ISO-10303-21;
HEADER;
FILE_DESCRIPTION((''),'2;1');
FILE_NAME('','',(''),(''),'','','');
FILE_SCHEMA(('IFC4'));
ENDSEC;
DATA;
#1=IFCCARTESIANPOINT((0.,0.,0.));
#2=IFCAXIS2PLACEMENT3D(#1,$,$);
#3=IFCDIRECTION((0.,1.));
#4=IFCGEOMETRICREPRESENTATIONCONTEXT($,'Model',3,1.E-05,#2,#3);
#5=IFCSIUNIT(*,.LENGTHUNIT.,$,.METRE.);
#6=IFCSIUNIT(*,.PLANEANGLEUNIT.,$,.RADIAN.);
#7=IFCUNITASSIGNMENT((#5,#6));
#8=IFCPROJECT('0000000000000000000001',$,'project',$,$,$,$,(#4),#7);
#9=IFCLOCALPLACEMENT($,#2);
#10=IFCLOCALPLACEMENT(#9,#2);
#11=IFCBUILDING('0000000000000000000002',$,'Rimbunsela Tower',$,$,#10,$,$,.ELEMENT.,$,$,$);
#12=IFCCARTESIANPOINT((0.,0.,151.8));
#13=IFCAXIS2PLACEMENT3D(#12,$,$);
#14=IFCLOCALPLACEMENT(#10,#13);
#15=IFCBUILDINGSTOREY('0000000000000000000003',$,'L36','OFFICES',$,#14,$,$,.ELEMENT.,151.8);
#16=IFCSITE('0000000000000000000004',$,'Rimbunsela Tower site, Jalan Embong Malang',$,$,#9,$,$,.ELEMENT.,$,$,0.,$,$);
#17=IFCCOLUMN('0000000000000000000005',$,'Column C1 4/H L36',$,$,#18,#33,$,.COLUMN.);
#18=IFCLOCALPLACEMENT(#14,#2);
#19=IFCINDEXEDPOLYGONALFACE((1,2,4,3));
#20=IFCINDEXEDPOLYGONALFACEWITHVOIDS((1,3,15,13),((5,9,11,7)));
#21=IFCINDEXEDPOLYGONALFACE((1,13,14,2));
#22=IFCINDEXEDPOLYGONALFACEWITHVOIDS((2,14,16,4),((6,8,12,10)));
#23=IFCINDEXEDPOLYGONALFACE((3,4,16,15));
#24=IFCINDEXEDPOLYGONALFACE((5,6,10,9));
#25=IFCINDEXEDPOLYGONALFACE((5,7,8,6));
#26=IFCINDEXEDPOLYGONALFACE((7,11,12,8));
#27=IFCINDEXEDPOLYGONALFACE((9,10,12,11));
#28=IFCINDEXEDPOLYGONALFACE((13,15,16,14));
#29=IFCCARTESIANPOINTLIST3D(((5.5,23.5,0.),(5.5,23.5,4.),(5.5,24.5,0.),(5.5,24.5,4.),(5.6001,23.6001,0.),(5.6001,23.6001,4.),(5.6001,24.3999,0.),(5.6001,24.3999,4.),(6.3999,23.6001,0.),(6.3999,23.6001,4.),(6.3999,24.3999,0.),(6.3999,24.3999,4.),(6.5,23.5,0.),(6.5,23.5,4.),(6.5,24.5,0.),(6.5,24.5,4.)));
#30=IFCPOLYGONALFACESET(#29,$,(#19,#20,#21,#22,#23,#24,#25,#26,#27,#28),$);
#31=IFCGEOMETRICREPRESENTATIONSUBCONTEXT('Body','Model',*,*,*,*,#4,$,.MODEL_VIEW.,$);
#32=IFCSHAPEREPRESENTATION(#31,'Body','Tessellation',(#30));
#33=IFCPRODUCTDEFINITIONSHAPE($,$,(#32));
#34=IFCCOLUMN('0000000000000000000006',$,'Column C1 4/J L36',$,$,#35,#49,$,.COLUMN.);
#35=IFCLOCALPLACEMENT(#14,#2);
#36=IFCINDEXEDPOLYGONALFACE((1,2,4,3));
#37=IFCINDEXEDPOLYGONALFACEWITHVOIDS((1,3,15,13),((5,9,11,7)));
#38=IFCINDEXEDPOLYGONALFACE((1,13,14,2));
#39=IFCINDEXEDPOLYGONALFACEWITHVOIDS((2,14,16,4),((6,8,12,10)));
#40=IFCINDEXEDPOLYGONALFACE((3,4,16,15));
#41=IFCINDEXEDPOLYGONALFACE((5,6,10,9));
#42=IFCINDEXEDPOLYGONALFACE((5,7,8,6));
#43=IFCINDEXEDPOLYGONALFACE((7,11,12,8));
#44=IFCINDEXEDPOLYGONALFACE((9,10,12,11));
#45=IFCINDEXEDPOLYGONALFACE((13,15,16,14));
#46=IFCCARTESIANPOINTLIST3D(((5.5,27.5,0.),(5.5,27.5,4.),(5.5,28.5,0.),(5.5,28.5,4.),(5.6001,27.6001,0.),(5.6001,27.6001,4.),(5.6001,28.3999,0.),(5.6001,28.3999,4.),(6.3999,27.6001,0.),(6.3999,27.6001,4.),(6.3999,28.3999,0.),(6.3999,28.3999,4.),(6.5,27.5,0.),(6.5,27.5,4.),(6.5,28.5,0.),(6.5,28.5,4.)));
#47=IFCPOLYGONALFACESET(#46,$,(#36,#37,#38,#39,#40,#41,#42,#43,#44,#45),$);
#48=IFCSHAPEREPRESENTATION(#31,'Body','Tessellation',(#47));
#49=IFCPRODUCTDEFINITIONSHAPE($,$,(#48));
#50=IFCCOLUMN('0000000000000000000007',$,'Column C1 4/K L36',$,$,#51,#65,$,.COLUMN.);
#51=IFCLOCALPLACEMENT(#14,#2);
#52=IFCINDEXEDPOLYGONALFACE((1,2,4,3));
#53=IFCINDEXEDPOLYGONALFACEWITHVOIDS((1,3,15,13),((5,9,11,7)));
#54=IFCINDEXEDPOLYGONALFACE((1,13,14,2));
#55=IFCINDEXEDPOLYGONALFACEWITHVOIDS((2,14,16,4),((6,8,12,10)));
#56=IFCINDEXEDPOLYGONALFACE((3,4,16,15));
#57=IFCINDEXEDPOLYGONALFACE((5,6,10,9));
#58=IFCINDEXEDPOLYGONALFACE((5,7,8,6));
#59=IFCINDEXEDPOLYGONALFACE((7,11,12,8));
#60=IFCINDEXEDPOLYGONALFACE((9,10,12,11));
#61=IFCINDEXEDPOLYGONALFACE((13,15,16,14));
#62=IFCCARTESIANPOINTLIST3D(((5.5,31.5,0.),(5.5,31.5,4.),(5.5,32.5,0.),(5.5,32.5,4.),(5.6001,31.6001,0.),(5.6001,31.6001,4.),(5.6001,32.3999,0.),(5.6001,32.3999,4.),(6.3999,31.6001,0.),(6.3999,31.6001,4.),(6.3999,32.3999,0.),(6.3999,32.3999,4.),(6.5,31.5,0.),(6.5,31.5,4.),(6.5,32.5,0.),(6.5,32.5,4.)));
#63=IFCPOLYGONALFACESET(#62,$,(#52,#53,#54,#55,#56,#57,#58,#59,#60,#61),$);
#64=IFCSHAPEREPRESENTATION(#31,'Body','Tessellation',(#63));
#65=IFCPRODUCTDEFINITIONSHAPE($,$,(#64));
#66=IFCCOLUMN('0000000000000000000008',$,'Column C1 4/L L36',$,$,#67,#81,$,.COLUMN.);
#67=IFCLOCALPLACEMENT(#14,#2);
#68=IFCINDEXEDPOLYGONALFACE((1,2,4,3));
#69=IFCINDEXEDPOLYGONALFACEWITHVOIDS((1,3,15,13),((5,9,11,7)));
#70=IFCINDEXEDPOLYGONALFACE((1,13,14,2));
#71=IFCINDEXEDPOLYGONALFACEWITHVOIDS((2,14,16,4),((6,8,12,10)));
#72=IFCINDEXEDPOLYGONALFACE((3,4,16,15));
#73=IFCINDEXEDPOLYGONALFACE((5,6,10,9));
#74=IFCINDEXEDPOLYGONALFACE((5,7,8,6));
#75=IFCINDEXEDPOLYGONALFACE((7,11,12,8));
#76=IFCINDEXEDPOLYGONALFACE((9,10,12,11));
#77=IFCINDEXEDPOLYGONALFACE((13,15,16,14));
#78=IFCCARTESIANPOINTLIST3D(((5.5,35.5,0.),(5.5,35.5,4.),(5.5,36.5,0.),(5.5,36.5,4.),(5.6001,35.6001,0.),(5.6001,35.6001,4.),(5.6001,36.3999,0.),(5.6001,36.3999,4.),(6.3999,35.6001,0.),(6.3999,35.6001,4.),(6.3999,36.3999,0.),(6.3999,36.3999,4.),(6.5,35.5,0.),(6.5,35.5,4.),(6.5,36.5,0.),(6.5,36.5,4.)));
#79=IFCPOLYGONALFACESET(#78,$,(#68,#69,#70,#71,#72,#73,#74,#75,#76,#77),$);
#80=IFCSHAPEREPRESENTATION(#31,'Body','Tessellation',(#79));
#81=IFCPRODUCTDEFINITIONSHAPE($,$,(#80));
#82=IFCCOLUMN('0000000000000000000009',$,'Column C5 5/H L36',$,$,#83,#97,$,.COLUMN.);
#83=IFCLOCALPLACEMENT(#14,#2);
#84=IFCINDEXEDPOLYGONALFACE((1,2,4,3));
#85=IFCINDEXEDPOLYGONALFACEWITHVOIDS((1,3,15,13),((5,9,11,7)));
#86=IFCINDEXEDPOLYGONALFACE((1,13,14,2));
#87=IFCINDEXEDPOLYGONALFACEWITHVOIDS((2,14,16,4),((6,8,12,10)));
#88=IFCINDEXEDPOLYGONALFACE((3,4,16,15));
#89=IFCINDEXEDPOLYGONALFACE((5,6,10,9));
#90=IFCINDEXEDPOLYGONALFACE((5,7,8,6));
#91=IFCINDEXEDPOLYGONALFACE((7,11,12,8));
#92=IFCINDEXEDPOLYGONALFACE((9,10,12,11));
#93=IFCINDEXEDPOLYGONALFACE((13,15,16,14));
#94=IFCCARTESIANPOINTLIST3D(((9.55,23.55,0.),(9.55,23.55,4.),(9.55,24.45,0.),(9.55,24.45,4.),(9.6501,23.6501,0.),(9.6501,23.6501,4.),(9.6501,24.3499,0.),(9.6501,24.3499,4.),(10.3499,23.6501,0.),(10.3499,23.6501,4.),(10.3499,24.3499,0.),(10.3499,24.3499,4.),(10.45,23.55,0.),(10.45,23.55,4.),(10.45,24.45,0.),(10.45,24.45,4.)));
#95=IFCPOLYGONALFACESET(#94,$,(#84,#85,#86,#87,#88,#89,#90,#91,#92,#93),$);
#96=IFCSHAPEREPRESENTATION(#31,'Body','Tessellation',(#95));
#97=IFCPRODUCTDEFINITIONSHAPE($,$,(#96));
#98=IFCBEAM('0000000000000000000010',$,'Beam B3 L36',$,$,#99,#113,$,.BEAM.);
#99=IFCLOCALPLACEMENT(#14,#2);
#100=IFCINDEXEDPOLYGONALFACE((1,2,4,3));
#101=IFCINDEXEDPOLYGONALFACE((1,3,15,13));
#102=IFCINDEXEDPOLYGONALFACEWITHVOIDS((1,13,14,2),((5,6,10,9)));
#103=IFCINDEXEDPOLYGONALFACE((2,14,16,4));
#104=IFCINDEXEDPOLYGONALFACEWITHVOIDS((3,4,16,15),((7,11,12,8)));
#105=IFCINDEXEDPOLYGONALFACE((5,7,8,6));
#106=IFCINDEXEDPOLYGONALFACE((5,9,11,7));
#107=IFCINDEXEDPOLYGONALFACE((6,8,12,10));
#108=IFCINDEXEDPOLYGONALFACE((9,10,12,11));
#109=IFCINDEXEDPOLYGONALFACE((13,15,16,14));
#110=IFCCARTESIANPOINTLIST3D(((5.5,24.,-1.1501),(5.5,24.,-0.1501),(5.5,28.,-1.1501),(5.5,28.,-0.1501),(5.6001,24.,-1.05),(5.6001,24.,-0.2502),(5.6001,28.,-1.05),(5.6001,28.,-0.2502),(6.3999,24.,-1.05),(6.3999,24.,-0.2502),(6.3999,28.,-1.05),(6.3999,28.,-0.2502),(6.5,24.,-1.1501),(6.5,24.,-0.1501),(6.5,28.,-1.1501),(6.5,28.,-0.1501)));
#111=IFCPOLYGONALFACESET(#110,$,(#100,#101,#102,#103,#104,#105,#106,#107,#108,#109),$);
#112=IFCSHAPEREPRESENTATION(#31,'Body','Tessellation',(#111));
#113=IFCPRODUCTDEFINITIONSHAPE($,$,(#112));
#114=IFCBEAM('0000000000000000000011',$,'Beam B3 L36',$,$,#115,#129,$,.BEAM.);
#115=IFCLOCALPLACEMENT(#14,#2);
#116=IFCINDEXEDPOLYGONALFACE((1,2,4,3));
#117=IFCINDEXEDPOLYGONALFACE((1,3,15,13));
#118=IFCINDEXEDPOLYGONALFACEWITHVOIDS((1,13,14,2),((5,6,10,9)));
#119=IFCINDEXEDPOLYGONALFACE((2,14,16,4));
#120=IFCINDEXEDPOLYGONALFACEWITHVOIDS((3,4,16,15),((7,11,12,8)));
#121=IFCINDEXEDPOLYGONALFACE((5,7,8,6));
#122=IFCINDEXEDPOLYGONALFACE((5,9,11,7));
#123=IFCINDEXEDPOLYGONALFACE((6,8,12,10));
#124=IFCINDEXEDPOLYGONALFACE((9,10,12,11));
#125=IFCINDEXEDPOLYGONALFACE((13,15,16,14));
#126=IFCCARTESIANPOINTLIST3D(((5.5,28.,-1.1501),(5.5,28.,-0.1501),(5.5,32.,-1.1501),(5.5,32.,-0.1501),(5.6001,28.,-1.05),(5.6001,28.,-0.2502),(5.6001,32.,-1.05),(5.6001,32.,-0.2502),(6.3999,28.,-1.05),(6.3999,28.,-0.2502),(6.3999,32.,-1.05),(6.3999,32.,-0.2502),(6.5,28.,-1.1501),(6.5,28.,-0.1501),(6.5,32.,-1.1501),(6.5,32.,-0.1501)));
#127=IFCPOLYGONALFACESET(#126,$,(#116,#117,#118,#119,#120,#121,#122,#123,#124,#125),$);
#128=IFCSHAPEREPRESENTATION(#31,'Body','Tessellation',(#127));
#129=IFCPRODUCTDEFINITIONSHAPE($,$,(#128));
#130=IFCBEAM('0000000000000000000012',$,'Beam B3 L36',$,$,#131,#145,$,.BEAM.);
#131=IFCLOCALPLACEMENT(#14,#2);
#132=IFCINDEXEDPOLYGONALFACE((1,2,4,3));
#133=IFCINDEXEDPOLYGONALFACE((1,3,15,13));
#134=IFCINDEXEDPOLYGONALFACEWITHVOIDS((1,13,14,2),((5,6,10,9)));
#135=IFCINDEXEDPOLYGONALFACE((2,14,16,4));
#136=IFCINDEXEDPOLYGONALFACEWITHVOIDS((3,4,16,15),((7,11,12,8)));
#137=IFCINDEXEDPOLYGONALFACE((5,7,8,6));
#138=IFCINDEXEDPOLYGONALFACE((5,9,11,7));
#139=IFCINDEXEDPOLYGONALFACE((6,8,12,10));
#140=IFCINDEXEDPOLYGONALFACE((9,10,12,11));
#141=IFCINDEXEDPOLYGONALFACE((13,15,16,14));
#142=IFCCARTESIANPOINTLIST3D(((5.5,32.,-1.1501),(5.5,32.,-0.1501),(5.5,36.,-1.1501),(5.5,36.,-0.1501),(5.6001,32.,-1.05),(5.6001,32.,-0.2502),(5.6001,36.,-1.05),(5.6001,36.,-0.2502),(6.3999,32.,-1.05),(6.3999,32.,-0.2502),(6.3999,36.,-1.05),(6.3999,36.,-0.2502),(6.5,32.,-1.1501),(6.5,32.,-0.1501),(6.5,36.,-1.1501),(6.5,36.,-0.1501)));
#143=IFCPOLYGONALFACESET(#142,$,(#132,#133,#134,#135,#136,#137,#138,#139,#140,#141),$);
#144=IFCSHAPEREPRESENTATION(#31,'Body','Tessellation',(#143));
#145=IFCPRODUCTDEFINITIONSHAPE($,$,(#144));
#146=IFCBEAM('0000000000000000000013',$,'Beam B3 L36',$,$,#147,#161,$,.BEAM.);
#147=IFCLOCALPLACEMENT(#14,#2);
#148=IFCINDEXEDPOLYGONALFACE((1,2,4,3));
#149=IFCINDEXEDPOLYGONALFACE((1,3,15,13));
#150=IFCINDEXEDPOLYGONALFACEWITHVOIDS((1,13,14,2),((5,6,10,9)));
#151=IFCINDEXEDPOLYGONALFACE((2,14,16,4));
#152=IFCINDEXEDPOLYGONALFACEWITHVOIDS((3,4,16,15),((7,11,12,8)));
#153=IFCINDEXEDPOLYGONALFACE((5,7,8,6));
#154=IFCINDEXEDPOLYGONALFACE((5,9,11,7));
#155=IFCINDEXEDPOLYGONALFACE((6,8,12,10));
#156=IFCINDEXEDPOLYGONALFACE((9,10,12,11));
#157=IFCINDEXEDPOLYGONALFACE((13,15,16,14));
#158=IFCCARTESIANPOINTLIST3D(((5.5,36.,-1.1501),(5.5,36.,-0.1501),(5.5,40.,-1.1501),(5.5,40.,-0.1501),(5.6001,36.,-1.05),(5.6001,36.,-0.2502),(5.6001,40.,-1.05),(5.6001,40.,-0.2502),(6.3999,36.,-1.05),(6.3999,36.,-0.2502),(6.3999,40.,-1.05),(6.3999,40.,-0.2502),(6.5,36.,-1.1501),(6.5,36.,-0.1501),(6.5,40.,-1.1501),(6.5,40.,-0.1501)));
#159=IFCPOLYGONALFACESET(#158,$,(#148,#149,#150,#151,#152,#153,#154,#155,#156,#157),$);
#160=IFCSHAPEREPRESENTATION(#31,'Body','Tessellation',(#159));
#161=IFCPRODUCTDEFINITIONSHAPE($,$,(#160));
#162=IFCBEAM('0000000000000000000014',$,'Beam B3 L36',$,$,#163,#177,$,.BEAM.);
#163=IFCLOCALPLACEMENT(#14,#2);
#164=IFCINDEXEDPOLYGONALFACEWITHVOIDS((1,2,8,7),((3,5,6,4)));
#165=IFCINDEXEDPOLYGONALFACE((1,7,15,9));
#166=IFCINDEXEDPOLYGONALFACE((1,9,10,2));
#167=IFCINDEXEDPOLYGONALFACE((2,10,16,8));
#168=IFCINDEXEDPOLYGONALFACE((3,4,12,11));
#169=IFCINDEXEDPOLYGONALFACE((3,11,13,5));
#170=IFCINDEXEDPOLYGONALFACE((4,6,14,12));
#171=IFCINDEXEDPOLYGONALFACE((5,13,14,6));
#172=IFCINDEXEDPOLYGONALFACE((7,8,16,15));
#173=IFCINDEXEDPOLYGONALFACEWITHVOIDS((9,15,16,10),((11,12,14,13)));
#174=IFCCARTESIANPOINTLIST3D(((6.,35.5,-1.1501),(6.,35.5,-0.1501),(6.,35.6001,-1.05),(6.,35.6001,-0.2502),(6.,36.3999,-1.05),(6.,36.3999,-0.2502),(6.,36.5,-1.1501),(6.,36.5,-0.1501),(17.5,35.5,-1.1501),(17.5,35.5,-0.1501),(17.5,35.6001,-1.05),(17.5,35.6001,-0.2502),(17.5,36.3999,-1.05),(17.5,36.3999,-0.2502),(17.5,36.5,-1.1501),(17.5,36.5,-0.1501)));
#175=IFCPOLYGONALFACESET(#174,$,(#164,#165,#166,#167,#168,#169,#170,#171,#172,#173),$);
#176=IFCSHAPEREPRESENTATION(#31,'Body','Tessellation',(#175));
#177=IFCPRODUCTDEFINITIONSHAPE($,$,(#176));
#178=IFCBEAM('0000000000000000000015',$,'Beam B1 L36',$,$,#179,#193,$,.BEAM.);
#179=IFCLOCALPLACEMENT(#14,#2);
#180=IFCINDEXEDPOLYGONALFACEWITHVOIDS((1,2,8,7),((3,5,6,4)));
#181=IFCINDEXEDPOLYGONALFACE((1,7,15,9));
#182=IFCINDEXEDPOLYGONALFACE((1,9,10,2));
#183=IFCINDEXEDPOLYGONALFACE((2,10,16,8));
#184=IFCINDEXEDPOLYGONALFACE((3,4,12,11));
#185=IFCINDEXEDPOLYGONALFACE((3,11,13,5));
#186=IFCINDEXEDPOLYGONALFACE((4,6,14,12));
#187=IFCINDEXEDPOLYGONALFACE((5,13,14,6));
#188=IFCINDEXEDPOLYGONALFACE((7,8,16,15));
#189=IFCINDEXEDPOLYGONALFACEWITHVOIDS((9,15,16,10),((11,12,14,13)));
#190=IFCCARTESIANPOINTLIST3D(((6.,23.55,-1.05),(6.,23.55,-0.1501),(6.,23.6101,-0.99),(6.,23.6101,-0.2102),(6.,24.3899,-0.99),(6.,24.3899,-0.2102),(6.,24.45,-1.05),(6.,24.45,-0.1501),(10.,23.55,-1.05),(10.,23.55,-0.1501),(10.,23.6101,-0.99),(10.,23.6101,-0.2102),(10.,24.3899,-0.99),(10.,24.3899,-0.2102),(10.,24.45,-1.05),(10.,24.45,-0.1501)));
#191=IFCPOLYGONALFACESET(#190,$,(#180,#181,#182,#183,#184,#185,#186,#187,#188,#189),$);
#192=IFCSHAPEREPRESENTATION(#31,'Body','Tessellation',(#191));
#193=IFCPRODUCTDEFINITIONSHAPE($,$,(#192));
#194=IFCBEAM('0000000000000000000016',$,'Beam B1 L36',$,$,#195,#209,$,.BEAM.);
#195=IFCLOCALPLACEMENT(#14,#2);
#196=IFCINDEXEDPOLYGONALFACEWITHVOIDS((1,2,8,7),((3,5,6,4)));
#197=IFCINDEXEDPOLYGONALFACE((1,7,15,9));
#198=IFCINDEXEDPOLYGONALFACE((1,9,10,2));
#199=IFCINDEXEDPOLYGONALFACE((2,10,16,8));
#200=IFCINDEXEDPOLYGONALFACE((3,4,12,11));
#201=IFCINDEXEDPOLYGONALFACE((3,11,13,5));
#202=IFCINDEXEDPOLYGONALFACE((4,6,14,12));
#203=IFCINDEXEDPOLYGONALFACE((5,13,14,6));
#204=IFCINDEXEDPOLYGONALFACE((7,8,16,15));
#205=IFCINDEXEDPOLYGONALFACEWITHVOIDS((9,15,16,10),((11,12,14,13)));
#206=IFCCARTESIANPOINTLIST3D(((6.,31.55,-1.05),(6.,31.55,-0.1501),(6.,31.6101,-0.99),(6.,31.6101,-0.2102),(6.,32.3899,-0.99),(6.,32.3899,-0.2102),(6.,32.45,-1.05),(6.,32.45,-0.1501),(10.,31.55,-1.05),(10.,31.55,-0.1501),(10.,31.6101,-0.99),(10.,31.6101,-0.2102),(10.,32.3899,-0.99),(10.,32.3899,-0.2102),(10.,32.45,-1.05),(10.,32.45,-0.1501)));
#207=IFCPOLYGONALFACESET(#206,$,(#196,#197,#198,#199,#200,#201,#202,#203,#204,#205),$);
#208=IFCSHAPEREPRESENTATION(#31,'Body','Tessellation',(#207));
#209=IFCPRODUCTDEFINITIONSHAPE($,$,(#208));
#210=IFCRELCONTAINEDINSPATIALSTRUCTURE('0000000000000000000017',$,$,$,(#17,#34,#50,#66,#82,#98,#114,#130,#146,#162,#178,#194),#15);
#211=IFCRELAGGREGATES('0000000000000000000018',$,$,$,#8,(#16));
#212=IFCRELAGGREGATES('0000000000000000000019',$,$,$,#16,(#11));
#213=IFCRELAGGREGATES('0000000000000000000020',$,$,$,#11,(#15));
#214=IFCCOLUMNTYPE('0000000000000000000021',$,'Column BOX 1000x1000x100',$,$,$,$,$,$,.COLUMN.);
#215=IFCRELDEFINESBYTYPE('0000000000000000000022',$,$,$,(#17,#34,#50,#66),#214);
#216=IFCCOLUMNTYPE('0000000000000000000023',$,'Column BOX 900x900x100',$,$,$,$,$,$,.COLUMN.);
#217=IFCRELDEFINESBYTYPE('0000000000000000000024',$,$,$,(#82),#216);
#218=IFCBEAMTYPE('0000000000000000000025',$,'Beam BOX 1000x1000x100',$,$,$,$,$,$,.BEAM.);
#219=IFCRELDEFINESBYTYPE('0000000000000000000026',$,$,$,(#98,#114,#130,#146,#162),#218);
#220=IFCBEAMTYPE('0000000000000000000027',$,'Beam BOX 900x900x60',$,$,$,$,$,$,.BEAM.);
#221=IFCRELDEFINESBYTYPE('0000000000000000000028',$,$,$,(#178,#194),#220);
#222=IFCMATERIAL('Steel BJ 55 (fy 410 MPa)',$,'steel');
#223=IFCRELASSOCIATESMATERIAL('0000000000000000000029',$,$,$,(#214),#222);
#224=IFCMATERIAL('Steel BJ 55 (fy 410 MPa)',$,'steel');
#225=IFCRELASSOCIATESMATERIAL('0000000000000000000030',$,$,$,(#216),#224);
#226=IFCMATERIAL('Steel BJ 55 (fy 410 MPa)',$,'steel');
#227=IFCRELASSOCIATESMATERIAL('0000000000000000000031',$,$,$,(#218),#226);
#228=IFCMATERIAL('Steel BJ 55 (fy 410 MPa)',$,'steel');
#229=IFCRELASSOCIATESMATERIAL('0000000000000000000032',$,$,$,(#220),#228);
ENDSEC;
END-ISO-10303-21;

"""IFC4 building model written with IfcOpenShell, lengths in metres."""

from ifc_helpers import new_model, si_unit, direction, frame, origin, origin_2d, place, context, subcontext, project, spatial, hollow_rectangle, extrude, material, material_profile, profile_set, type_object, element, save


model = new_model("IFC4")

# Units and contexts
model_context = context("Model", 3, precision=1e-05, world=origin(), true_north=direction((0.0, 1.0)))
body_context = subcontext(model_context, "Body", "Model", "MODEL_VIEW")
ifc_project = project(units=[si_unit("LENGTHUNIT", "METRE"), si_unit("PLANEANGLEUNIT", "RADIAN")], contexts=[model_context])

# Site, building, storey
site_placement = place(None, origin())
site = spatial("IfcSite", under=ifc_project, at=site_placement, Name="Rimbunsela Tower site, Jalan Embong Malang", CompositionType="ELEMENT", RefElevation=0.0)
building_placement = place(site_placement, origin())
building = spatial("IfcBuilding", under=site, at=building_placement, Name="Rimbunsela Tower", CompositionType="ELEMENT")
storey_placement = place(building_placement, frame((0.0, 0.0, 151.8)))
storey = spatial("IfcBuildingStorey", under=building, at=storey_placement, Name="L36", Description="OFFICES", CompositionType="ELEMENT", Elevation=151.8)

# Columns
ifc_material_1 = material(Name="Steel BJ 55 (fy 410 MPa)", Category="steel")
ifc_material_profile_1 = material_profile(ifc_material_1, hollow_rectangle(XDim=1.0, YDim=1.0, WallThickness=0.1001, at=origin_2d()), Name="BOX 1000x1000x100")
ifc_profile_set_1 = profile_set([ifc_material_profile_1], Name="Steel BJ 55 (fy 410 MPa)")
column_type_1 = type_object("IfcColumnType", Name="Column BOX 1000x1000x100", PredefinedType="COLUMN", material=ifc_profile_set_1)
for number, where, z_axis, x_axis, name in (
    (1, (6.0, 24.0, 0.0), (0.0, 0.0, 1.0), (1.0, 0.0, 0.0), "Column C1 4/H L36"),
    (2, (6.0, 28.0, 0.0), (0.0, 0.0, 1.0), (1.0, 0.0, 0.0), "Column C1 4/J L36"),
    (3, (6.0, 32.0, 0.0), (0.0, 0.0, 1.0), (1.0, 0.0, 0.0), "Column C1 4/K L36"),
    (4, (6.0, 36.0, 0.0), (0.0, 0.0, 1.0), (1.0, 0.0, 0.0), "Column C1 4/L L36"),
):
    element("IfcColumn", number, at=place(storey_placement, frame(where, z_axis=z_axis, x_axis=x_axis)), inside=storey, type_object=column_type_1, Name=name, PredefinedType="COLUMN", context=body_context, shape_type="SweptSolid", body=[
        extrude(hollow_rectangle(XDim=1.0, YDim=1.0, WallThickness=0.1001, at=origin_2d()), origin(), (0.0, 0.0, 1.0), 4.0),
    ])
ifc_material_2 = material(Name="Steel BJ 55 (fy 410 MPa)", Category="steel")
ifc_material_profile_2 = material_profile(ifc_material_2, hollow_rectangle(XDim=0.8999, YDim=0.8999, WallThickness=0.1001, at=origin_2d()), Name="BOX 900x900x100")
ifc_profile_set_2 = profile_set([ifc_material_profile_2], Name="Steel BJ 55 (fy 410 MPa)")
column_type_2 = type_object("IfcColumnType", Name="Column BOX 900x900x100", PredefinedType="COLUMN", material=ifc_profile_set_2)
column_placement = place(storey_placement, frame((10.0, 24.0, 0.0), z_axis=(0.0, 0.0, 1.0), x_axis=(1.0, 0.0, 0.0)))
element("IfcColumn", 5, at=column_placement, inside=storey, type_object=column_type_2, Name="Column C5 5/H L36", PredefinedType="COLUMN", context=body_context, shape_type="SweptSolid", body=[
    extrude(hollow_rectangle(XDim=0.8999, YDim=0.8999, WallThickness=0.1001, at=origin_2d()), origin(), (0.0, 0.0, 1.0), 4.0),
])

# Beams
ifc_material_3 = material(Name="Steel BJ 55 (fy 410 MPa)", Category="steel")
ifc_material_profile_3 = material_profile(ifc_material_3, hollow_rectangle(XDim=1.0, YDim=1.0, WallThickness=0.1001, at=origin_2d()), Name="BOX 1000x1000x100")
ifc_profile_set_3 = profile_set([ifc_material_profile_3], Name="Steel BJ 55 (fy 410 MPa)")
beam_type_1 = type_object("IfcBeamType", Name="Beam BOX 1000x1000x100", PredefinedType="BEAM", material=ifc_profile_set_3)
for number, where, z_axis, x_axis, name in (
    (6, (6.0, 24.0, -0.6501), (0.0, 1.0, 0.0), (-1.0, 0.0, 0.0), "Beam B3 L36"),
    (7, (6.0, 28.0, -0.6501), (0.0, 1.0, 0.0), (-1.0, 0.0, 0.0), "Beam B3 L36"),
    (8, (6.0, 32.0, -0.6501), (0.0, 1.0, 0.0), (-1.0, 0.0, 0.0), "Beam B3 L36"),
    (9, (6.0, 36.0, -0.6501), (0.0, 1.0, 0.0), (-1.0, 0.0, 0.0), "Beam B3 L36"),
):
    element("IfcBeam", number, at=place(storey_placement, frame(where, z_axis=z_axis, x_axis=x_axis)), inside=storey, type_object=beam_type_1, Name=name, PredefinedType="BEAM", context=body_context, shape_type="SweptSolid", body=[
        extrude(hollow_rectangle(XDim=1.0, YDim=1.0, WallThickness=0.1001, at=origin_2d()), origin(), (0.0, 0.0, 1.0), 4.0),
    ])
beam_1_placement = place(storey_placement, frame((6.0, 36.0, -0.6501), z_axis=(1.0, 0.0, 0.0), x_axis=(0.0, 1.0, 0.0)))
element("IfcBeam", 10, at=beam_1_placement, inside=storey, type_object=beam_type_1, Name="Beam B3 L36", PredefinedType="BEAM", context=body_context, shape_type="SweptSolid", body=[
    extrude(hollow_rectangle(XDim=1.0, YDim=1.0, WallThickness=0.1001, at=origin_2d()), origin(), (0.0, 0.0, 1.0), 11.5),
])
ifc_material_4 = material(Name="Steel BJ 55 (fy 410 MPa)", Category="steel")
ifc_material_profile_4 = material_profile(ifc_material_4, hollow_rectangle(XDim=0.8999, YDim=0.8999, WallThickness=0.0601, at=origin_2d()), Name="BOX 900x900x60")
ifc_profile_set_4 = profile_set([ifc_material_profile_4], Name="Steel BJ 55 (fy 410 MPa)")
beam_type_2 = type_object("IfcBeamType", Name="Beam BOX 900x900x60", PredefinedType="BEAM", material=ifc_profile_set_4)
for number, where, z_axis, x_axis, name in (
    (11, (6.0, 24.0, -0.6001), (1.0, 0.0, 0.0), (0.0, 1.0, 0.0), "Beam B1 L36"),
    (12, (6.0, 32.0, -0.6001), (1.0, 0.0, 0.0), (0.0, 1.0, 0.0), "Beam B1 L36"),
):
    element("IfcBeam", number, at=place(storey_placement, frame(where, z_axis=z_axis, x_axis=x_axis)), inside=storey, type_object=beam_type_2, Name=name, PredefinedType="BEAM", context=body_context, shape_type="SweptSolid", body=[
        extrude(hollow_rectangle(XDim=0.8999, YDim=0.8999, WallThickness=0.0601, at=origin_2d()), origin(), (0.0, 0.0, 1.0), 4.0),
    ])

save(model, "model.ifc")
